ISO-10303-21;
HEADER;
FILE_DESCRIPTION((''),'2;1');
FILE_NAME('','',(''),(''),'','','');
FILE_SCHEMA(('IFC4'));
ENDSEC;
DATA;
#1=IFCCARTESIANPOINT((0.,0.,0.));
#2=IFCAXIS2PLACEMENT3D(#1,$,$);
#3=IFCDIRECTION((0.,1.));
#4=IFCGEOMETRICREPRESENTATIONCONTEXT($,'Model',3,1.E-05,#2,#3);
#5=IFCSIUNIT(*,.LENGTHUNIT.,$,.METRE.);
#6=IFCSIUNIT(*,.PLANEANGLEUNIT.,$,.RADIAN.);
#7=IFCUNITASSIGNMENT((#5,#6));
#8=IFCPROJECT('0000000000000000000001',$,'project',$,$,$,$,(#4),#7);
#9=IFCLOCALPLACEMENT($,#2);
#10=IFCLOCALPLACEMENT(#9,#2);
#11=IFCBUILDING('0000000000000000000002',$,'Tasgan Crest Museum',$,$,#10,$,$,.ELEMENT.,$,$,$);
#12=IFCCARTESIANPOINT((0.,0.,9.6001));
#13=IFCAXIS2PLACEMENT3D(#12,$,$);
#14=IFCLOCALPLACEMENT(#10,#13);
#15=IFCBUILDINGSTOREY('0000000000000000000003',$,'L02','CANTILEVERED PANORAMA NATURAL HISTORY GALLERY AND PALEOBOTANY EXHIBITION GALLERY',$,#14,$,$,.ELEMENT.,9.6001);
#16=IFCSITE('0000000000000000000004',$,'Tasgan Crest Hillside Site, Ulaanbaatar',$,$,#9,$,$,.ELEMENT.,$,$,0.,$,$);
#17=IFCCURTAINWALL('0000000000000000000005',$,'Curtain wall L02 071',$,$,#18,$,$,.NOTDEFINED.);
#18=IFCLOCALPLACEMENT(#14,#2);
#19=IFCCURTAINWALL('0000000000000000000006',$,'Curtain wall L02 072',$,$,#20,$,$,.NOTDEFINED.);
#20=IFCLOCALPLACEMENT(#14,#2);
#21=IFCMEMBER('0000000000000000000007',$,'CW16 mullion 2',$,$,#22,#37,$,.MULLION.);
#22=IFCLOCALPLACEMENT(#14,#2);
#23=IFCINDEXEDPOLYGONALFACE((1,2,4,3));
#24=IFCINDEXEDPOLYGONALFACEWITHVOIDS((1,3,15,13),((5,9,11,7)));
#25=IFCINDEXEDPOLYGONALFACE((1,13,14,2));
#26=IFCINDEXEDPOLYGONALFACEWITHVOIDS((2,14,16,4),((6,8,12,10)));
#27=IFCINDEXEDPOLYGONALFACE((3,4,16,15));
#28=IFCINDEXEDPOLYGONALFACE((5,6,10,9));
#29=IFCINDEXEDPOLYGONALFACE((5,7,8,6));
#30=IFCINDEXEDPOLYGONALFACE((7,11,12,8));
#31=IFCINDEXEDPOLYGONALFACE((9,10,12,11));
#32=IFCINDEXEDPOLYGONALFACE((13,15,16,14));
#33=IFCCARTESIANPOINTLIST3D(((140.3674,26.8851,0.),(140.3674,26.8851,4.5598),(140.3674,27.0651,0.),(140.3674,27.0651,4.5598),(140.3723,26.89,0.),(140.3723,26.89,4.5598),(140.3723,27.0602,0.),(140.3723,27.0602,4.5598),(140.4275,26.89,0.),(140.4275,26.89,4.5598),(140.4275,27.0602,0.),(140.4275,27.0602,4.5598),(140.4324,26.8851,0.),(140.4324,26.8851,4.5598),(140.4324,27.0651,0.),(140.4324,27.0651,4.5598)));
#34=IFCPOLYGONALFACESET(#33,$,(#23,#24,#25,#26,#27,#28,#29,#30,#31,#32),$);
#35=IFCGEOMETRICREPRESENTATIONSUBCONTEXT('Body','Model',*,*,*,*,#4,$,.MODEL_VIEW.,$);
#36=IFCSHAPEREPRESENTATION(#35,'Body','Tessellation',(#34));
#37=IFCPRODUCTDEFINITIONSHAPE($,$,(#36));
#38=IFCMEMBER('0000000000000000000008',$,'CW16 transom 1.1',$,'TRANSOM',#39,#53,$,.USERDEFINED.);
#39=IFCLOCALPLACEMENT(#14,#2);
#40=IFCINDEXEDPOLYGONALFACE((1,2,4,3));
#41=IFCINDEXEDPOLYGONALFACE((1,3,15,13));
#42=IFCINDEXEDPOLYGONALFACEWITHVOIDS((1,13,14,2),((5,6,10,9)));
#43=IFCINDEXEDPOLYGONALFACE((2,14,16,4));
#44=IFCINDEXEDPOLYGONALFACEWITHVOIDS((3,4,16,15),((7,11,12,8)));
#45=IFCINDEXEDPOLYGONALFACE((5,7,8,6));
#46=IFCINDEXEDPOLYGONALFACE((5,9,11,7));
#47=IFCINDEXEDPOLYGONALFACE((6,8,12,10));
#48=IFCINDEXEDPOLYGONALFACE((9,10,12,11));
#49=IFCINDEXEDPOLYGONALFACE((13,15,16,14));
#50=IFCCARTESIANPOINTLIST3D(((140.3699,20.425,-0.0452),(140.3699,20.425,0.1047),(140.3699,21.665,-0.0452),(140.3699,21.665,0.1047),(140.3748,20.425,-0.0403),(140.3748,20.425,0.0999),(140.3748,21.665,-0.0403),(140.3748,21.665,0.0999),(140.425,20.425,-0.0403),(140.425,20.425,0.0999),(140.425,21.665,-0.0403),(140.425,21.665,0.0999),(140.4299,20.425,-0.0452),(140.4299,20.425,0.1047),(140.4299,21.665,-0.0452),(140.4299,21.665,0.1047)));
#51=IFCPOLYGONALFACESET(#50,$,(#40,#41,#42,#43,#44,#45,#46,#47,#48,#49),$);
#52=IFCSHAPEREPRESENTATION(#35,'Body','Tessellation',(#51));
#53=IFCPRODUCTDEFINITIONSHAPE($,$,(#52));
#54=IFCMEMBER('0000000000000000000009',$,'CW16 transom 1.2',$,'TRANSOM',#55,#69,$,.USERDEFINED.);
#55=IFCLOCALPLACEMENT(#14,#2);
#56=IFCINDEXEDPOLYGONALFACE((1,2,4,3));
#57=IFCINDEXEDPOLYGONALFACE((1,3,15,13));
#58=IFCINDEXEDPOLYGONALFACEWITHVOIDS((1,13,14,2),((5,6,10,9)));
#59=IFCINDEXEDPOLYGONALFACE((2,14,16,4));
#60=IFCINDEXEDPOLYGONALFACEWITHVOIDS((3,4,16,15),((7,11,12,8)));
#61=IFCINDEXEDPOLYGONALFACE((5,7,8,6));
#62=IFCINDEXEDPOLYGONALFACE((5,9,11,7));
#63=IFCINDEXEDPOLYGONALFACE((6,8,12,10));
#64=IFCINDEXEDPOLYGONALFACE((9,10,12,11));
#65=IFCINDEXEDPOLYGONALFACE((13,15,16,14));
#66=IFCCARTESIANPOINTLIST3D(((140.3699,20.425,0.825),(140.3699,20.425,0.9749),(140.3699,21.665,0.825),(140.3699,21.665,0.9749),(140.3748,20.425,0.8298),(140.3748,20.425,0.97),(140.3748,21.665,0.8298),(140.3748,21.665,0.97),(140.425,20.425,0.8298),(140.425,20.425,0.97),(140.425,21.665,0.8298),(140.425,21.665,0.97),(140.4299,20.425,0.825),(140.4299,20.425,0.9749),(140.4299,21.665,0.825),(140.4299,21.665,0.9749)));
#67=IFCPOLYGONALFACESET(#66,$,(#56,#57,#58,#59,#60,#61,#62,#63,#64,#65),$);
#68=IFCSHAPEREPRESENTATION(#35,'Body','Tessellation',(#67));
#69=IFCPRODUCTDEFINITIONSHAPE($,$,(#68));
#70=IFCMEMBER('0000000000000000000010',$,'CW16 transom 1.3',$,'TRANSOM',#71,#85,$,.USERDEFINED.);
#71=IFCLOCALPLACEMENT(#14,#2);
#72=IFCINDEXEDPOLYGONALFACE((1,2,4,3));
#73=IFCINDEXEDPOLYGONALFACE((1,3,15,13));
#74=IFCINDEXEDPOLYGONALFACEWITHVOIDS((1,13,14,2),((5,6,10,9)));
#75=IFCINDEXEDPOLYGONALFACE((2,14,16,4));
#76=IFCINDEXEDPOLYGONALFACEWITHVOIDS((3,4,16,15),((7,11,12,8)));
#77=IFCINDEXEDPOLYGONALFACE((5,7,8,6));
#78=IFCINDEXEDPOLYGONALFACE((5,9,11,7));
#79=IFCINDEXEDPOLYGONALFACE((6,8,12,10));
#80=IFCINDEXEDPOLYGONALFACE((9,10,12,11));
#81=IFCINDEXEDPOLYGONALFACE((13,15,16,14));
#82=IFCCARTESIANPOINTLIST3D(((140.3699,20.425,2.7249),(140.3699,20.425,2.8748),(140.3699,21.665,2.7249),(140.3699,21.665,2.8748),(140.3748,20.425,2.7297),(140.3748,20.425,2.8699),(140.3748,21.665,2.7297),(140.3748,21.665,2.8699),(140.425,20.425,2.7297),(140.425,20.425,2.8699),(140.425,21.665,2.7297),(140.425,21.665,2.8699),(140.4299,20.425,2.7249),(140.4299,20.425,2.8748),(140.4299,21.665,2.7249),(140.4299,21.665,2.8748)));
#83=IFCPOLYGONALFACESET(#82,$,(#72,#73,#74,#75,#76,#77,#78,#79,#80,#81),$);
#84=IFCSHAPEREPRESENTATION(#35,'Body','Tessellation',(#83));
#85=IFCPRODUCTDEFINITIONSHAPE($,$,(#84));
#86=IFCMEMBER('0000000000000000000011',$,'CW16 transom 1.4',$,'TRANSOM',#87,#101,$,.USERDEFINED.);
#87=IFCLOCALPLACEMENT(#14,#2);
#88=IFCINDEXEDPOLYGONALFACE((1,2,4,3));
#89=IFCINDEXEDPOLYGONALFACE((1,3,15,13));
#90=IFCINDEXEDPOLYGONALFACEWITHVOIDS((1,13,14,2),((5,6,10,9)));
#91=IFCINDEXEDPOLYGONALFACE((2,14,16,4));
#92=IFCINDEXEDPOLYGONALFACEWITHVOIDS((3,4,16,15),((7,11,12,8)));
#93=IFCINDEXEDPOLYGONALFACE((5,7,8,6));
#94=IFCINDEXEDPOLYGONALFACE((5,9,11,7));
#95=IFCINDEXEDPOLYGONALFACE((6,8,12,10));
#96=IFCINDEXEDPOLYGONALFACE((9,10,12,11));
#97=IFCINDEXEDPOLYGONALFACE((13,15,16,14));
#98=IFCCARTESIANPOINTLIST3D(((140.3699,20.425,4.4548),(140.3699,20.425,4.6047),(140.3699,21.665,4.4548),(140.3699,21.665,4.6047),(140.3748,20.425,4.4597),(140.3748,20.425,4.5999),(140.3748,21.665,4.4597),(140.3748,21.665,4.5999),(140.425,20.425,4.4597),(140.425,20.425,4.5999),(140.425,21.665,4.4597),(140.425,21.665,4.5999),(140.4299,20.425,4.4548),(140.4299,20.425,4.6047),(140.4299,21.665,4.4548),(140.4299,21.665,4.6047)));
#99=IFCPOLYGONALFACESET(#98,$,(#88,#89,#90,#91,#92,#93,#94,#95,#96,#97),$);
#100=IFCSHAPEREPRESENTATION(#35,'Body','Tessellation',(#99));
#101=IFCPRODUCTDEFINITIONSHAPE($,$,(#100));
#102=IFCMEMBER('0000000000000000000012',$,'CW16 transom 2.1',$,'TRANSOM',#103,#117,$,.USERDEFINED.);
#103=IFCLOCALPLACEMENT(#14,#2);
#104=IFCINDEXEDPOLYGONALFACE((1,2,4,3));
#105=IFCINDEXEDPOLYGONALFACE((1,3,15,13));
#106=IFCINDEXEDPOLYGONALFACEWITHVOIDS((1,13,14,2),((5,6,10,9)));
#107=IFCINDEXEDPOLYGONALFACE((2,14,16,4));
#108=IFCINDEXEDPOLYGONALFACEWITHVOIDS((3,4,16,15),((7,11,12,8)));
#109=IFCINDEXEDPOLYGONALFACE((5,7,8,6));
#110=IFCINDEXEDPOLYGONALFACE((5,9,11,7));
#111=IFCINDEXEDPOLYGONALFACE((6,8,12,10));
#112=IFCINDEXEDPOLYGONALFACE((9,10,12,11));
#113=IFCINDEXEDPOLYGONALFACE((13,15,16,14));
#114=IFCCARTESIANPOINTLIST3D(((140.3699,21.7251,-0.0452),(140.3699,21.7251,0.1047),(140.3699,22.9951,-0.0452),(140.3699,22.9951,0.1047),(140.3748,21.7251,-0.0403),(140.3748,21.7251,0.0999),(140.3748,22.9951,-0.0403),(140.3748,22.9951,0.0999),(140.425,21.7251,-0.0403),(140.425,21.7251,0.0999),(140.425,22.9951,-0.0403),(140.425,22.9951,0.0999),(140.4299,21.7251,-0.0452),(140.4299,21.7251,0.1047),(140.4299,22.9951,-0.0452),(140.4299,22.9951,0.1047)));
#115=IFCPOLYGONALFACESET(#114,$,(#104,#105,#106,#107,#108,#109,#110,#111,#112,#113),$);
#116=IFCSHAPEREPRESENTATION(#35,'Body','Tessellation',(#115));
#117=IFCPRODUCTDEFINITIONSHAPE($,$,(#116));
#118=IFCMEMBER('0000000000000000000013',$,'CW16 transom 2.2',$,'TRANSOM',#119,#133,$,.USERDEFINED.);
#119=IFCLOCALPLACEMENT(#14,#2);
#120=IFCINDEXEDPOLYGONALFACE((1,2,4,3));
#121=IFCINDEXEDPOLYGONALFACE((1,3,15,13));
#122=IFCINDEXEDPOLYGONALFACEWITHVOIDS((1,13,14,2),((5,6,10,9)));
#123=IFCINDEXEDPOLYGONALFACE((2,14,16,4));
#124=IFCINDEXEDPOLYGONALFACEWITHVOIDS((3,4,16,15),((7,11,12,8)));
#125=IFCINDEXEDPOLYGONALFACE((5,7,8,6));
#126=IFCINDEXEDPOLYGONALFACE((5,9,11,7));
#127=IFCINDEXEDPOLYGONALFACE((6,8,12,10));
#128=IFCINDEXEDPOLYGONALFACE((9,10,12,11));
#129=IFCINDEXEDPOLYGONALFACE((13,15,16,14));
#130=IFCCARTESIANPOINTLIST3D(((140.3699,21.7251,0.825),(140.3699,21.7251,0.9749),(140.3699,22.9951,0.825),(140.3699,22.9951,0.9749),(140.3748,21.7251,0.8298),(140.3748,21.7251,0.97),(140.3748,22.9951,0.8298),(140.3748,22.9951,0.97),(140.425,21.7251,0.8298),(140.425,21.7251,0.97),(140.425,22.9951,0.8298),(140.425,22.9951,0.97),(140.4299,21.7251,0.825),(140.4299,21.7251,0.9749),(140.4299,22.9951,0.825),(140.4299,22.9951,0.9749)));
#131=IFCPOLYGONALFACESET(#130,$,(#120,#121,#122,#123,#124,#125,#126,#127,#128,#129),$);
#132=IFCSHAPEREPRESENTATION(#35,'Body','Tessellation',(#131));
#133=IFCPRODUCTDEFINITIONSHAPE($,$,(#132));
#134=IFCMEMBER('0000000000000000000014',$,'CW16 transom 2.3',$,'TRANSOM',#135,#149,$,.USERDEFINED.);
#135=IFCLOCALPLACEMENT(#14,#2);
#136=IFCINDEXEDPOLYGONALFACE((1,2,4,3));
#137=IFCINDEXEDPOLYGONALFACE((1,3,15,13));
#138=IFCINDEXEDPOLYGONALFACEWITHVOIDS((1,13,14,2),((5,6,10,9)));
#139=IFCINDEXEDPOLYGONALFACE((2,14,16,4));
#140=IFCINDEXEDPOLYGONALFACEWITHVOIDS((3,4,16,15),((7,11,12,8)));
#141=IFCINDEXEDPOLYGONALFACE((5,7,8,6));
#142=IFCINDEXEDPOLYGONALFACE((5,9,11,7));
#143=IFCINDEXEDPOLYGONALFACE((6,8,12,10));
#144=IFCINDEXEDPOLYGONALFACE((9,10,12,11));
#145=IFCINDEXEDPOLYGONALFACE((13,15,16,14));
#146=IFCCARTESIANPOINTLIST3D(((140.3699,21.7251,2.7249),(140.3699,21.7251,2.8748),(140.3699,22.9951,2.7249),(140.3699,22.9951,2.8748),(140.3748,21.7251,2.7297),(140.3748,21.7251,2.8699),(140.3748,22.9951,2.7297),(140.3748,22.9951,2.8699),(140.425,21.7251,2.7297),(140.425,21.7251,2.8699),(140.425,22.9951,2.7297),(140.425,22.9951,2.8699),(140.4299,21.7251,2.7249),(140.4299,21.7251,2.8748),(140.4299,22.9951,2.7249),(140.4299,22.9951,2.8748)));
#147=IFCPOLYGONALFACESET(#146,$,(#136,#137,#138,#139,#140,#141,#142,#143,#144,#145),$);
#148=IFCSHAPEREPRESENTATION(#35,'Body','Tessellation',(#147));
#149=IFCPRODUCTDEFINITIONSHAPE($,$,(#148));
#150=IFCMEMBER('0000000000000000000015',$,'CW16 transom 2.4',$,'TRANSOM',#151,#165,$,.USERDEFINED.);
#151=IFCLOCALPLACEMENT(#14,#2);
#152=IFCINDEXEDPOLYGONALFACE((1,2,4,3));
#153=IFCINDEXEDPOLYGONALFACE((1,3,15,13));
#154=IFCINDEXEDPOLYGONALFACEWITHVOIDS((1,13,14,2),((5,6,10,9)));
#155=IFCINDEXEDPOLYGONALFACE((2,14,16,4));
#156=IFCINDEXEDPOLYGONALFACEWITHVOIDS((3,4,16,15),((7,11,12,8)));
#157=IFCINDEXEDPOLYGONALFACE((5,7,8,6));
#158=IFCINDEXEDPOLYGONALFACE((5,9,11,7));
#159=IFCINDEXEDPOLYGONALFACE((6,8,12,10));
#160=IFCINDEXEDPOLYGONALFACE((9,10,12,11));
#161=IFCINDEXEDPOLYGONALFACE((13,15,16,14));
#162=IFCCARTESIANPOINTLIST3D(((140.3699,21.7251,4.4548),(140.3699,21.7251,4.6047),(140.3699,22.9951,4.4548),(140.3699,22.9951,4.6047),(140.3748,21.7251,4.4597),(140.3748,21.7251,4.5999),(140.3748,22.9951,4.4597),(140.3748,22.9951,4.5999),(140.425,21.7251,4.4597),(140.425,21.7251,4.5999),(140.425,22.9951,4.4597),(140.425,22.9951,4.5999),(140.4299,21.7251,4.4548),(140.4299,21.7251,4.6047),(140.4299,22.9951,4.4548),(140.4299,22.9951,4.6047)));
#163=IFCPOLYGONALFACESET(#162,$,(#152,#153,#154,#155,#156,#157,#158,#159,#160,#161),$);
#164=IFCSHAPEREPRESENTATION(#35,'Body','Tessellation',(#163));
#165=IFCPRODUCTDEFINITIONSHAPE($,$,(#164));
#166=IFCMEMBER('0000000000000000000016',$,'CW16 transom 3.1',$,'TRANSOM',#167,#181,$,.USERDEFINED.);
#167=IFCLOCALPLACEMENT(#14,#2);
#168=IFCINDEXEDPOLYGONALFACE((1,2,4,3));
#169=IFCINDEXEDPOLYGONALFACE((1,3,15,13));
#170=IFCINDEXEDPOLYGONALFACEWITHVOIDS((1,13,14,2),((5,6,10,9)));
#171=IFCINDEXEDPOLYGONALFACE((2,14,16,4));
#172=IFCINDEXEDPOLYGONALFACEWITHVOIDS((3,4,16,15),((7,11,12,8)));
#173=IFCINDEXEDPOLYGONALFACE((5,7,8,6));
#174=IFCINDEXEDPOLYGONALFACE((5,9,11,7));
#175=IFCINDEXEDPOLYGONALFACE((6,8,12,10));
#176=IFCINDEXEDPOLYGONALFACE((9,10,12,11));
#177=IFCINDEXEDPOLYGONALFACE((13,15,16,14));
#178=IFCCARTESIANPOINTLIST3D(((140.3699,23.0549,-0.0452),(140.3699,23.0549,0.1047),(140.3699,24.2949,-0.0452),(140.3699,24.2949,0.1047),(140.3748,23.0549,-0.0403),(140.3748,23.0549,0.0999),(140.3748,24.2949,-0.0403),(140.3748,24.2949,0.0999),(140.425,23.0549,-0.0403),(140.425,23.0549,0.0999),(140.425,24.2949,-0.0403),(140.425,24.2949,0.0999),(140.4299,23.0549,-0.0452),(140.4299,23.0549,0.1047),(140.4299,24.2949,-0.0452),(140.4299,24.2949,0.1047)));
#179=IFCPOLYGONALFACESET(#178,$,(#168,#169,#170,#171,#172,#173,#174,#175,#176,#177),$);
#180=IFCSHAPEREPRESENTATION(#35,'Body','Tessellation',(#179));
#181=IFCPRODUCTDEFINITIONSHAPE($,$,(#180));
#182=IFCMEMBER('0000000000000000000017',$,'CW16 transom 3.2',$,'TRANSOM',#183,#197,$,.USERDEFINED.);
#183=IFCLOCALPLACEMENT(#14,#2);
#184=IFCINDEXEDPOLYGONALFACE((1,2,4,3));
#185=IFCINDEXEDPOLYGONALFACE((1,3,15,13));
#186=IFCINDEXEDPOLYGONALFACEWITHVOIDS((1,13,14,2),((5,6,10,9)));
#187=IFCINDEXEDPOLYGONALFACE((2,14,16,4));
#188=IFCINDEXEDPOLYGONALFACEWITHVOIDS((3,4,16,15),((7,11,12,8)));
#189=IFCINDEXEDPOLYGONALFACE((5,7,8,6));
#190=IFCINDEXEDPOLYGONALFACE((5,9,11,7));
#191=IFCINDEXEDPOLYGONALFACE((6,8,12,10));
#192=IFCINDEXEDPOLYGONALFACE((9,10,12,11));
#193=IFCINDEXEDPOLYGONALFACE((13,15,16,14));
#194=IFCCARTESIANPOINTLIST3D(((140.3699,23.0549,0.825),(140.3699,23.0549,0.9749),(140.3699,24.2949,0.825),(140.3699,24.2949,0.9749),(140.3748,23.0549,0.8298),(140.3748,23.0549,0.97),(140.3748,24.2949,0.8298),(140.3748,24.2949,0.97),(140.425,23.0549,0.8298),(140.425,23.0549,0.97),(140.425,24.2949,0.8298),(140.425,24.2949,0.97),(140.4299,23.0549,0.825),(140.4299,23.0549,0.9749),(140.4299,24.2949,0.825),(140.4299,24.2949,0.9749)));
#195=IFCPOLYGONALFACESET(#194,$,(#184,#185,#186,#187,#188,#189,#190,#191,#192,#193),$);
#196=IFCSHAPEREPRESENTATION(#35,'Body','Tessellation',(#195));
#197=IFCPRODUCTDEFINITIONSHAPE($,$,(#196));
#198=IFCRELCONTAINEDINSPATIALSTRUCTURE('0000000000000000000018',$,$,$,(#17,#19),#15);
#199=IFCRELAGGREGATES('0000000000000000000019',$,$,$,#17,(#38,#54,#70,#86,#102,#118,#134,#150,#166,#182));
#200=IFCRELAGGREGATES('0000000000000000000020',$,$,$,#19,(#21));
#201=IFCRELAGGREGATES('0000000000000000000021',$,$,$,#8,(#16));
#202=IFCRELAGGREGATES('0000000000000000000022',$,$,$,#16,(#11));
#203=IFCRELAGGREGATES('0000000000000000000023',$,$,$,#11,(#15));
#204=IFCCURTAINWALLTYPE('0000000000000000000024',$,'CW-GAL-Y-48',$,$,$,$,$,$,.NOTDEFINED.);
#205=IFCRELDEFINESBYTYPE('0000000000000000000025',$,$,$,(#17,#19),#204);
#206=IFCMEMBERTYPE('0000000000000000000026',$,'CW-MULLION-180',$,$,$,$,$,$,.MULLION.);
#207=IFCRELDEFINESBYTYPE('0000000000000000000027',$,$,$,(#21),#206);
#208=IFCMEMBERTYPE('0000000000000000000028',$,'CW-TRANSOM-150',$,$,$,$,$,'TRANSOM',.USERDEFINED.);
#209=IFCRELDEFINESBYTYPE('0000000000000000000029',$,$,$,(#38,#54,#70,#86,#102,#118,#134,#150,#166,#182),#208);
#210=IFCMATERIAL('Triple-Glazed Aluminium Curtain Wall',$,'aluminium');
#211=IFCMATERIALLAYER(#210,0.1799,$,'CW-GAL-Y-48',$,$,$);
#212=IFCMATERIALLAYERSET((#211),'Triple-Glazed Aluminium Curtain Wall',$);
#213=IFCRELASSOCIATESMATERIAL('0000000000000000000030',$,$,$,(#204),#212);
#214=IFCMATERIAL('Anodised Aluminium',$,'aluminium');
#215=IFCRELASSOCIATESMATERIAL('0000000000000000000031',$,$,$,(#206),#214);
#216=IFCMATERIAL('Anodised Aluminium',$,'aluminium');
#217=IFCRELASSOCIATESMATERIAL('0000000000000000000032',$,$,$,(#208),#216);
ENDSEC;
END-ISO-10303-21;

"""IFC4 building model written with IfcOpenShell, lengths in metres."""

from ifc_helpers import new_model, si_unit, direction, frame, origin, origin_2d, place, context, subcontext, project, spatial, hollow_rectangle, extrude, material, layer, layer_set, material_profile, profile_set, type_object, element, aggregate, save


model = new_model("IFC4")

# Units and contexts
model_context = context("Model", 3, precision=1e-05, world=origin(), true_north=direction((0.0, 1.0)))
body_context = subcontext(model_context, "Body", "Model", "MODEL_VIEW")
ifc_project = project(units=[si_unit("LENGTHUNIT", "METRE"), si_unit("PLANEANGLEUNIT", "RADIAN")], contexts=[model_context])

# Site, building, storey
site_placement = place(None, origin())
site = spatial("IfcSite", under=ifc_project, at=site_placement, Name="Tasgan Crest Hillside Site, Ulaanbaatar", CompositionType="ELEMENT", RefElevation=0.0)
building_placement = place(site_placement, origin())
building = spatial("IfcBuilding", under=site, at=building_placement, Name="Tasgan Crest Museum", CompositionType="ELEMENT")
storey_placement = place(building_placement, frame((0.0, 0.0, 9.6001)))
storey = spatial("IfcBuildingStorey", under=building, at=storey_placement, Name="L02", Description="CANTILEVERED PANORAMA NATURAL HISTORY GALLERY AND PALEOBOTANY EXHIBITION GALLERY", CompositionType="ELEMENT", Elevation=9.6001)

# Curtain walls, member
ifc_material_1 = material(Name="Triple-Glazed Aluminium Curtain Wall", Category="aluminium")
ifc_layer_1 = layer(ifc_material_1, 0.1799, Name="CW-GAL-Y-48")
ifc_layer_set_1 = layer_set([ifc_layer_1], Name="Triple-Glazed Aluminium Curtain Wall")
curtain_wall_type = type_object("IfcCurtainWallType", Name="CW-GAL-Y-48", PredefinedType="NOTDEFINED", material=ifc_layer_set_1)
curtain_wall_1_placement = place(storey_placement, origin())
curtain_wall_1 = element("IfcCurtainWall", 1, at=curtain_wall_1_placement, inside=storey, type_object=curtain_wall_type, Name="Curtain wall L02 071", PredefinedType="NOTDEFINED")
ifc_material_2 = material(Name="Anodised Aluminium", Category="aluminium")
ifc_material_profile_1 = material_profile(ifc_material_2, hollow_rectangle(XDim=0.0649, YDim=0.1799, WallThickness=0.0049, at=origin_2d()), Name="ALU MULLION 180x65x5")
ifc_profile_set_1 = profile_set([ifc_material_profile_1], Name="Anodised Aluminium")
member_type_1 = type_object("IfcMemberType", Name="CW-MULLION-180", PredefinedType="MULLION", material=ifc_profile_set_1)
curtain_wall_2_placement = place(storey_placement, origin())
curtain_wall_2 = element("IfcCurtainWall", 2, at=curtain_wall_2_placement, inside=storey, type_object=curtain_wall_type, Name="Curtain wall L02 072", PredefinedType="NOTDEFINED")
member_1_placement = place(storey_placement, frame((140.3999, 26.9751, 0.0), z_axis=(0.0, 0.0, 1.0), x_axis=(-1.0, 0.0, 0.0)))
member_1 = element("IfcMember", 3, at=member_1_placement, type_object=member_type_1, Name="CW16 mullion 2", PredefinedType="MULLION", context=body_context, shape_type="SweptSolid", body=[
    extrude(hollow_rectangle(XDim=0.0649, YDim=0.1799, WallThickness=0.0049, at=origin_2d()), origin(), (0.0, 0.0, 1.0), 4.5598),
])

# Members
ifc_material_3 = material(Name="Anodised Aluminium", Category="aluminium")
ifc_material_profile_2 = material_profile(ifc_material_3, hollow_rectangle(XDim=0.0601, YDim=0.1499, WallThickness=0.0049, at=origin_2d()), Name="ALU TRANSOM 150x60x5")
ifc_profile_set_2 = profile_set([ifc_material_profile_2], Name="Anodised Aluminium")
member_type_2 = type_object("IfcMemberType", Name="CW-TRANSOM-150", ElementType="TRANSOM", PredefinedType="USERDEFINED", material=ifc_profile_set_2)
member_2_placement = place(storey_placement, frame((140.3999, 20.425, 0.0298), z_axis=(0.0, 1.0, 0.0), x_axis=(-1.0, 0.0, 0.0)))
member_2 = element("IfcMember", 4, at=member_2_placement, type_object=member_type_2, Name="CW16 transom 1.1", ObjectType="TRANSOM", PredefinedType="USERDEFINED", context=body_context, shape_type="SweptSolid", body=[
    extrude(hollow_rectangle(XDim=0.0601, YDim=0.1499, WallThickness=0.0049, at=origin_2d()), origin(), (0.0, 0.0, 1.0), 1.24),
])
member_3_placement = place(storey_placement, frame((140.3999, 20.425, 0.8999), z_axis=(0.0, 1.0, 0.0), x_axis=(-1.0, 0.0, 0.0)))
member_3 = element("IfcMember", 5, at=member_3_placement, type_object=member_type_2, Name="CW16 transom 1.2", ObjectType="TRANSOM", PredefinedType="USERDEFINED", context=body_context, shape_type="SweptSolid", body=[
    extrude(hollow_rectangle(XDim=0.0601, YDim=0.1499, WallThickness=0.0049, at=origin_2d()), origin(), (0.0, 0.0, 1.0), 1.24),
])
member_4_placement = place(storey_placement, frame((140.3999, 20.425, 2.7998), z_axis=(0.0, 1.0, 0.0), x_axis=(-1.0, 0.0, 0.0)))
member_4 = element("IfcMember", 6, at=member_4_placement, type_object=member_type_2, Name="CW16 transom 1.3", ObjectType="TRANSOM", PredefinedType="USERDEFINED", context=body_context, shape_type="SweptSolid", body=[
    extrude(hollow_rectangle(XDim=0.0601, YDim=0.1499, WallThickness=0.0049, at=origin_2d()), origin(), (0.0, 0.0, 1.0), 1.24),
])
member_5_placement = place(storey_placement, frame((140.3999, 20.425, 4.5298), z_axis=(0.0, 1.0, 0.0), x_axis=(-1.0, 0.0, 0.0)))
member_5 = element("IfcMember", 7, at=member_5_placement, type_object=member_type_2, Name="CW16 transom 1.4", ObjectType="TRANSOM", PredefinedType="USERDEFINED", context=body_context, shape_type="SweptSolid", body=[
    extrude(hollow_rectangle(XDim=0.0601, YDim=0.1499, WallThickness=0.0049, at=origin_2d()), origin(), (0.0, 0.0, 1.0), 1.24),
])
member_6_placement = place(storey_placement, frame((140.3999, 21.7251, 0.0298), z_axis=(0.0, 1.0, 0.0), x_axis=(-1.0, 0.0, 0.0)))
member_6 = element("IfcMember", 8, at=member_6_placement, type_object=member_type_2, Name="CW16 transom 2.1", ObjectType="TRANSOM", PredefinedType="USERDEFINED", context=body_context, shape_type="SweptSolid", body=[
    extrude(hollow_rectangle(XDim=0.0601, YDim=0.1499, WallThickness=0.0049, at=origin_2d()), origin(), (0.0, 0.0, 1.0), 1.27),
])
member_7_placement = place(storey_placement, frame((140.3999, 21.7251, 0.8999), z_axis=(0.0, 1.0, 0.0), x_axis=(-1.0, 0.0, 0.0)))
member_7 = element("IfcMember", 9, at=member_7_placement, type_object=member_type_2, Name="CW16 transom 2.2", ObjectType="TRANSOM", PredefinedType="USERDEFINED", context=body_context, shape_type="SweptSolid", body=[
    extrude(hollow_rectangle(XDim=0.0601, YDim=0.1499, WallThickness=0.0049, at=origin_2d()), origin(), (0.0, 0.0, 1.0), 1.27),
])
member_8_placement = place(storey_placement, frame((140.3999, 21.7251, 2.7998), z_axis=(0.0, 1.0, 0.0), x_axis=(-1.0, 0.0, 0.0)))
member_8 = element("IfcMember", 10, at=member_8_placement, type_object=member_type_2, Name="CW16 transom 2.3", ObjectType="TRANSOM", PredefinedType="USERDEFINED", context=body_context, shape_type="SweptSolid", body=[
    extrude(hollow_rectangle(XDim=0.0601, YDim=0.1499, WallThickness=0.0049, at=origin_2d()), origin(), (0.0, 0.0, 1.0), 1.27),
])
member_9_placement = place(storey_placement, frame((140.3999, 21.7251, 4.5298), z_axis=(0.0, 1.0, 0.0), x_axis=(-1.0, 0.0, 0.0)))
member_9 = element("IfcMember", 11, at=member_9_placement, type_object=member_type_2, Name="CW16 transom 2.4", ObjectType="TRANSOM", PredefinedType="USERDEFINED", context=body_context, shape_type="SweptSolid", body=[
    extrude(hollow_rectangle(XDim=0.0601, YDim=0.1499, WallThickness=0.0049, at=origin_2d()), origin(), (0.0, 0.0, 1.0), 1.27),
])
member_10_placement = place(storey_placement, frame((140.3999, 23.0549, 0.0298), z_axis=(0.0, 1.0, 0.0), x_axis=(-1.0, 0.0, 0.0)))
member_10 = element("IfcMember", 12, at=member_10_placement, type_object=member_type_2, Name="CW16 transom 3.1", ObjectType="TRANSOM", PredefinedType="USERDEFINED", context=body_context, shape_type="SweptSolid", body=[
    extrude(hollow_rectangle(XDim=0.0601, YDim=0.1499, WallThickness=0.0049, at=origin_2d()), origin(), (0.0, 0.0, 1.0), 1.24),
])
member_11_placement = place(storey_placement, frame((140.3999, 23.0549, 0.8999), z_axis=(0.0, 1.0, 0.0), x_axis=(-1.0, 0.0, 0.0)))
member_11 = element("IfcMember", 13, at=member_11_placement, type_object=member_type_2, Name="CW16 transom 3.2", ObjectType="TRANSOM", PredefinedType="USERDEFINED", context=body_context, shape_type="SweptSolid", body=[
    extrude(hollow_rectangle(XDim=0.0601, YDim=0.1499, WallThickness=0.0049, at=origin_2d()), origin(), (0.0, 0.0, 1.0), 1.24),
])

aggregate(curtain_wall_1, [member_2, member_3, member_4, member_5, member_6, member_7, member_8, member_9, member_10, member_11])
aggregate(curtain_wall_2, [member_1])

save(model, "model.ifc")
